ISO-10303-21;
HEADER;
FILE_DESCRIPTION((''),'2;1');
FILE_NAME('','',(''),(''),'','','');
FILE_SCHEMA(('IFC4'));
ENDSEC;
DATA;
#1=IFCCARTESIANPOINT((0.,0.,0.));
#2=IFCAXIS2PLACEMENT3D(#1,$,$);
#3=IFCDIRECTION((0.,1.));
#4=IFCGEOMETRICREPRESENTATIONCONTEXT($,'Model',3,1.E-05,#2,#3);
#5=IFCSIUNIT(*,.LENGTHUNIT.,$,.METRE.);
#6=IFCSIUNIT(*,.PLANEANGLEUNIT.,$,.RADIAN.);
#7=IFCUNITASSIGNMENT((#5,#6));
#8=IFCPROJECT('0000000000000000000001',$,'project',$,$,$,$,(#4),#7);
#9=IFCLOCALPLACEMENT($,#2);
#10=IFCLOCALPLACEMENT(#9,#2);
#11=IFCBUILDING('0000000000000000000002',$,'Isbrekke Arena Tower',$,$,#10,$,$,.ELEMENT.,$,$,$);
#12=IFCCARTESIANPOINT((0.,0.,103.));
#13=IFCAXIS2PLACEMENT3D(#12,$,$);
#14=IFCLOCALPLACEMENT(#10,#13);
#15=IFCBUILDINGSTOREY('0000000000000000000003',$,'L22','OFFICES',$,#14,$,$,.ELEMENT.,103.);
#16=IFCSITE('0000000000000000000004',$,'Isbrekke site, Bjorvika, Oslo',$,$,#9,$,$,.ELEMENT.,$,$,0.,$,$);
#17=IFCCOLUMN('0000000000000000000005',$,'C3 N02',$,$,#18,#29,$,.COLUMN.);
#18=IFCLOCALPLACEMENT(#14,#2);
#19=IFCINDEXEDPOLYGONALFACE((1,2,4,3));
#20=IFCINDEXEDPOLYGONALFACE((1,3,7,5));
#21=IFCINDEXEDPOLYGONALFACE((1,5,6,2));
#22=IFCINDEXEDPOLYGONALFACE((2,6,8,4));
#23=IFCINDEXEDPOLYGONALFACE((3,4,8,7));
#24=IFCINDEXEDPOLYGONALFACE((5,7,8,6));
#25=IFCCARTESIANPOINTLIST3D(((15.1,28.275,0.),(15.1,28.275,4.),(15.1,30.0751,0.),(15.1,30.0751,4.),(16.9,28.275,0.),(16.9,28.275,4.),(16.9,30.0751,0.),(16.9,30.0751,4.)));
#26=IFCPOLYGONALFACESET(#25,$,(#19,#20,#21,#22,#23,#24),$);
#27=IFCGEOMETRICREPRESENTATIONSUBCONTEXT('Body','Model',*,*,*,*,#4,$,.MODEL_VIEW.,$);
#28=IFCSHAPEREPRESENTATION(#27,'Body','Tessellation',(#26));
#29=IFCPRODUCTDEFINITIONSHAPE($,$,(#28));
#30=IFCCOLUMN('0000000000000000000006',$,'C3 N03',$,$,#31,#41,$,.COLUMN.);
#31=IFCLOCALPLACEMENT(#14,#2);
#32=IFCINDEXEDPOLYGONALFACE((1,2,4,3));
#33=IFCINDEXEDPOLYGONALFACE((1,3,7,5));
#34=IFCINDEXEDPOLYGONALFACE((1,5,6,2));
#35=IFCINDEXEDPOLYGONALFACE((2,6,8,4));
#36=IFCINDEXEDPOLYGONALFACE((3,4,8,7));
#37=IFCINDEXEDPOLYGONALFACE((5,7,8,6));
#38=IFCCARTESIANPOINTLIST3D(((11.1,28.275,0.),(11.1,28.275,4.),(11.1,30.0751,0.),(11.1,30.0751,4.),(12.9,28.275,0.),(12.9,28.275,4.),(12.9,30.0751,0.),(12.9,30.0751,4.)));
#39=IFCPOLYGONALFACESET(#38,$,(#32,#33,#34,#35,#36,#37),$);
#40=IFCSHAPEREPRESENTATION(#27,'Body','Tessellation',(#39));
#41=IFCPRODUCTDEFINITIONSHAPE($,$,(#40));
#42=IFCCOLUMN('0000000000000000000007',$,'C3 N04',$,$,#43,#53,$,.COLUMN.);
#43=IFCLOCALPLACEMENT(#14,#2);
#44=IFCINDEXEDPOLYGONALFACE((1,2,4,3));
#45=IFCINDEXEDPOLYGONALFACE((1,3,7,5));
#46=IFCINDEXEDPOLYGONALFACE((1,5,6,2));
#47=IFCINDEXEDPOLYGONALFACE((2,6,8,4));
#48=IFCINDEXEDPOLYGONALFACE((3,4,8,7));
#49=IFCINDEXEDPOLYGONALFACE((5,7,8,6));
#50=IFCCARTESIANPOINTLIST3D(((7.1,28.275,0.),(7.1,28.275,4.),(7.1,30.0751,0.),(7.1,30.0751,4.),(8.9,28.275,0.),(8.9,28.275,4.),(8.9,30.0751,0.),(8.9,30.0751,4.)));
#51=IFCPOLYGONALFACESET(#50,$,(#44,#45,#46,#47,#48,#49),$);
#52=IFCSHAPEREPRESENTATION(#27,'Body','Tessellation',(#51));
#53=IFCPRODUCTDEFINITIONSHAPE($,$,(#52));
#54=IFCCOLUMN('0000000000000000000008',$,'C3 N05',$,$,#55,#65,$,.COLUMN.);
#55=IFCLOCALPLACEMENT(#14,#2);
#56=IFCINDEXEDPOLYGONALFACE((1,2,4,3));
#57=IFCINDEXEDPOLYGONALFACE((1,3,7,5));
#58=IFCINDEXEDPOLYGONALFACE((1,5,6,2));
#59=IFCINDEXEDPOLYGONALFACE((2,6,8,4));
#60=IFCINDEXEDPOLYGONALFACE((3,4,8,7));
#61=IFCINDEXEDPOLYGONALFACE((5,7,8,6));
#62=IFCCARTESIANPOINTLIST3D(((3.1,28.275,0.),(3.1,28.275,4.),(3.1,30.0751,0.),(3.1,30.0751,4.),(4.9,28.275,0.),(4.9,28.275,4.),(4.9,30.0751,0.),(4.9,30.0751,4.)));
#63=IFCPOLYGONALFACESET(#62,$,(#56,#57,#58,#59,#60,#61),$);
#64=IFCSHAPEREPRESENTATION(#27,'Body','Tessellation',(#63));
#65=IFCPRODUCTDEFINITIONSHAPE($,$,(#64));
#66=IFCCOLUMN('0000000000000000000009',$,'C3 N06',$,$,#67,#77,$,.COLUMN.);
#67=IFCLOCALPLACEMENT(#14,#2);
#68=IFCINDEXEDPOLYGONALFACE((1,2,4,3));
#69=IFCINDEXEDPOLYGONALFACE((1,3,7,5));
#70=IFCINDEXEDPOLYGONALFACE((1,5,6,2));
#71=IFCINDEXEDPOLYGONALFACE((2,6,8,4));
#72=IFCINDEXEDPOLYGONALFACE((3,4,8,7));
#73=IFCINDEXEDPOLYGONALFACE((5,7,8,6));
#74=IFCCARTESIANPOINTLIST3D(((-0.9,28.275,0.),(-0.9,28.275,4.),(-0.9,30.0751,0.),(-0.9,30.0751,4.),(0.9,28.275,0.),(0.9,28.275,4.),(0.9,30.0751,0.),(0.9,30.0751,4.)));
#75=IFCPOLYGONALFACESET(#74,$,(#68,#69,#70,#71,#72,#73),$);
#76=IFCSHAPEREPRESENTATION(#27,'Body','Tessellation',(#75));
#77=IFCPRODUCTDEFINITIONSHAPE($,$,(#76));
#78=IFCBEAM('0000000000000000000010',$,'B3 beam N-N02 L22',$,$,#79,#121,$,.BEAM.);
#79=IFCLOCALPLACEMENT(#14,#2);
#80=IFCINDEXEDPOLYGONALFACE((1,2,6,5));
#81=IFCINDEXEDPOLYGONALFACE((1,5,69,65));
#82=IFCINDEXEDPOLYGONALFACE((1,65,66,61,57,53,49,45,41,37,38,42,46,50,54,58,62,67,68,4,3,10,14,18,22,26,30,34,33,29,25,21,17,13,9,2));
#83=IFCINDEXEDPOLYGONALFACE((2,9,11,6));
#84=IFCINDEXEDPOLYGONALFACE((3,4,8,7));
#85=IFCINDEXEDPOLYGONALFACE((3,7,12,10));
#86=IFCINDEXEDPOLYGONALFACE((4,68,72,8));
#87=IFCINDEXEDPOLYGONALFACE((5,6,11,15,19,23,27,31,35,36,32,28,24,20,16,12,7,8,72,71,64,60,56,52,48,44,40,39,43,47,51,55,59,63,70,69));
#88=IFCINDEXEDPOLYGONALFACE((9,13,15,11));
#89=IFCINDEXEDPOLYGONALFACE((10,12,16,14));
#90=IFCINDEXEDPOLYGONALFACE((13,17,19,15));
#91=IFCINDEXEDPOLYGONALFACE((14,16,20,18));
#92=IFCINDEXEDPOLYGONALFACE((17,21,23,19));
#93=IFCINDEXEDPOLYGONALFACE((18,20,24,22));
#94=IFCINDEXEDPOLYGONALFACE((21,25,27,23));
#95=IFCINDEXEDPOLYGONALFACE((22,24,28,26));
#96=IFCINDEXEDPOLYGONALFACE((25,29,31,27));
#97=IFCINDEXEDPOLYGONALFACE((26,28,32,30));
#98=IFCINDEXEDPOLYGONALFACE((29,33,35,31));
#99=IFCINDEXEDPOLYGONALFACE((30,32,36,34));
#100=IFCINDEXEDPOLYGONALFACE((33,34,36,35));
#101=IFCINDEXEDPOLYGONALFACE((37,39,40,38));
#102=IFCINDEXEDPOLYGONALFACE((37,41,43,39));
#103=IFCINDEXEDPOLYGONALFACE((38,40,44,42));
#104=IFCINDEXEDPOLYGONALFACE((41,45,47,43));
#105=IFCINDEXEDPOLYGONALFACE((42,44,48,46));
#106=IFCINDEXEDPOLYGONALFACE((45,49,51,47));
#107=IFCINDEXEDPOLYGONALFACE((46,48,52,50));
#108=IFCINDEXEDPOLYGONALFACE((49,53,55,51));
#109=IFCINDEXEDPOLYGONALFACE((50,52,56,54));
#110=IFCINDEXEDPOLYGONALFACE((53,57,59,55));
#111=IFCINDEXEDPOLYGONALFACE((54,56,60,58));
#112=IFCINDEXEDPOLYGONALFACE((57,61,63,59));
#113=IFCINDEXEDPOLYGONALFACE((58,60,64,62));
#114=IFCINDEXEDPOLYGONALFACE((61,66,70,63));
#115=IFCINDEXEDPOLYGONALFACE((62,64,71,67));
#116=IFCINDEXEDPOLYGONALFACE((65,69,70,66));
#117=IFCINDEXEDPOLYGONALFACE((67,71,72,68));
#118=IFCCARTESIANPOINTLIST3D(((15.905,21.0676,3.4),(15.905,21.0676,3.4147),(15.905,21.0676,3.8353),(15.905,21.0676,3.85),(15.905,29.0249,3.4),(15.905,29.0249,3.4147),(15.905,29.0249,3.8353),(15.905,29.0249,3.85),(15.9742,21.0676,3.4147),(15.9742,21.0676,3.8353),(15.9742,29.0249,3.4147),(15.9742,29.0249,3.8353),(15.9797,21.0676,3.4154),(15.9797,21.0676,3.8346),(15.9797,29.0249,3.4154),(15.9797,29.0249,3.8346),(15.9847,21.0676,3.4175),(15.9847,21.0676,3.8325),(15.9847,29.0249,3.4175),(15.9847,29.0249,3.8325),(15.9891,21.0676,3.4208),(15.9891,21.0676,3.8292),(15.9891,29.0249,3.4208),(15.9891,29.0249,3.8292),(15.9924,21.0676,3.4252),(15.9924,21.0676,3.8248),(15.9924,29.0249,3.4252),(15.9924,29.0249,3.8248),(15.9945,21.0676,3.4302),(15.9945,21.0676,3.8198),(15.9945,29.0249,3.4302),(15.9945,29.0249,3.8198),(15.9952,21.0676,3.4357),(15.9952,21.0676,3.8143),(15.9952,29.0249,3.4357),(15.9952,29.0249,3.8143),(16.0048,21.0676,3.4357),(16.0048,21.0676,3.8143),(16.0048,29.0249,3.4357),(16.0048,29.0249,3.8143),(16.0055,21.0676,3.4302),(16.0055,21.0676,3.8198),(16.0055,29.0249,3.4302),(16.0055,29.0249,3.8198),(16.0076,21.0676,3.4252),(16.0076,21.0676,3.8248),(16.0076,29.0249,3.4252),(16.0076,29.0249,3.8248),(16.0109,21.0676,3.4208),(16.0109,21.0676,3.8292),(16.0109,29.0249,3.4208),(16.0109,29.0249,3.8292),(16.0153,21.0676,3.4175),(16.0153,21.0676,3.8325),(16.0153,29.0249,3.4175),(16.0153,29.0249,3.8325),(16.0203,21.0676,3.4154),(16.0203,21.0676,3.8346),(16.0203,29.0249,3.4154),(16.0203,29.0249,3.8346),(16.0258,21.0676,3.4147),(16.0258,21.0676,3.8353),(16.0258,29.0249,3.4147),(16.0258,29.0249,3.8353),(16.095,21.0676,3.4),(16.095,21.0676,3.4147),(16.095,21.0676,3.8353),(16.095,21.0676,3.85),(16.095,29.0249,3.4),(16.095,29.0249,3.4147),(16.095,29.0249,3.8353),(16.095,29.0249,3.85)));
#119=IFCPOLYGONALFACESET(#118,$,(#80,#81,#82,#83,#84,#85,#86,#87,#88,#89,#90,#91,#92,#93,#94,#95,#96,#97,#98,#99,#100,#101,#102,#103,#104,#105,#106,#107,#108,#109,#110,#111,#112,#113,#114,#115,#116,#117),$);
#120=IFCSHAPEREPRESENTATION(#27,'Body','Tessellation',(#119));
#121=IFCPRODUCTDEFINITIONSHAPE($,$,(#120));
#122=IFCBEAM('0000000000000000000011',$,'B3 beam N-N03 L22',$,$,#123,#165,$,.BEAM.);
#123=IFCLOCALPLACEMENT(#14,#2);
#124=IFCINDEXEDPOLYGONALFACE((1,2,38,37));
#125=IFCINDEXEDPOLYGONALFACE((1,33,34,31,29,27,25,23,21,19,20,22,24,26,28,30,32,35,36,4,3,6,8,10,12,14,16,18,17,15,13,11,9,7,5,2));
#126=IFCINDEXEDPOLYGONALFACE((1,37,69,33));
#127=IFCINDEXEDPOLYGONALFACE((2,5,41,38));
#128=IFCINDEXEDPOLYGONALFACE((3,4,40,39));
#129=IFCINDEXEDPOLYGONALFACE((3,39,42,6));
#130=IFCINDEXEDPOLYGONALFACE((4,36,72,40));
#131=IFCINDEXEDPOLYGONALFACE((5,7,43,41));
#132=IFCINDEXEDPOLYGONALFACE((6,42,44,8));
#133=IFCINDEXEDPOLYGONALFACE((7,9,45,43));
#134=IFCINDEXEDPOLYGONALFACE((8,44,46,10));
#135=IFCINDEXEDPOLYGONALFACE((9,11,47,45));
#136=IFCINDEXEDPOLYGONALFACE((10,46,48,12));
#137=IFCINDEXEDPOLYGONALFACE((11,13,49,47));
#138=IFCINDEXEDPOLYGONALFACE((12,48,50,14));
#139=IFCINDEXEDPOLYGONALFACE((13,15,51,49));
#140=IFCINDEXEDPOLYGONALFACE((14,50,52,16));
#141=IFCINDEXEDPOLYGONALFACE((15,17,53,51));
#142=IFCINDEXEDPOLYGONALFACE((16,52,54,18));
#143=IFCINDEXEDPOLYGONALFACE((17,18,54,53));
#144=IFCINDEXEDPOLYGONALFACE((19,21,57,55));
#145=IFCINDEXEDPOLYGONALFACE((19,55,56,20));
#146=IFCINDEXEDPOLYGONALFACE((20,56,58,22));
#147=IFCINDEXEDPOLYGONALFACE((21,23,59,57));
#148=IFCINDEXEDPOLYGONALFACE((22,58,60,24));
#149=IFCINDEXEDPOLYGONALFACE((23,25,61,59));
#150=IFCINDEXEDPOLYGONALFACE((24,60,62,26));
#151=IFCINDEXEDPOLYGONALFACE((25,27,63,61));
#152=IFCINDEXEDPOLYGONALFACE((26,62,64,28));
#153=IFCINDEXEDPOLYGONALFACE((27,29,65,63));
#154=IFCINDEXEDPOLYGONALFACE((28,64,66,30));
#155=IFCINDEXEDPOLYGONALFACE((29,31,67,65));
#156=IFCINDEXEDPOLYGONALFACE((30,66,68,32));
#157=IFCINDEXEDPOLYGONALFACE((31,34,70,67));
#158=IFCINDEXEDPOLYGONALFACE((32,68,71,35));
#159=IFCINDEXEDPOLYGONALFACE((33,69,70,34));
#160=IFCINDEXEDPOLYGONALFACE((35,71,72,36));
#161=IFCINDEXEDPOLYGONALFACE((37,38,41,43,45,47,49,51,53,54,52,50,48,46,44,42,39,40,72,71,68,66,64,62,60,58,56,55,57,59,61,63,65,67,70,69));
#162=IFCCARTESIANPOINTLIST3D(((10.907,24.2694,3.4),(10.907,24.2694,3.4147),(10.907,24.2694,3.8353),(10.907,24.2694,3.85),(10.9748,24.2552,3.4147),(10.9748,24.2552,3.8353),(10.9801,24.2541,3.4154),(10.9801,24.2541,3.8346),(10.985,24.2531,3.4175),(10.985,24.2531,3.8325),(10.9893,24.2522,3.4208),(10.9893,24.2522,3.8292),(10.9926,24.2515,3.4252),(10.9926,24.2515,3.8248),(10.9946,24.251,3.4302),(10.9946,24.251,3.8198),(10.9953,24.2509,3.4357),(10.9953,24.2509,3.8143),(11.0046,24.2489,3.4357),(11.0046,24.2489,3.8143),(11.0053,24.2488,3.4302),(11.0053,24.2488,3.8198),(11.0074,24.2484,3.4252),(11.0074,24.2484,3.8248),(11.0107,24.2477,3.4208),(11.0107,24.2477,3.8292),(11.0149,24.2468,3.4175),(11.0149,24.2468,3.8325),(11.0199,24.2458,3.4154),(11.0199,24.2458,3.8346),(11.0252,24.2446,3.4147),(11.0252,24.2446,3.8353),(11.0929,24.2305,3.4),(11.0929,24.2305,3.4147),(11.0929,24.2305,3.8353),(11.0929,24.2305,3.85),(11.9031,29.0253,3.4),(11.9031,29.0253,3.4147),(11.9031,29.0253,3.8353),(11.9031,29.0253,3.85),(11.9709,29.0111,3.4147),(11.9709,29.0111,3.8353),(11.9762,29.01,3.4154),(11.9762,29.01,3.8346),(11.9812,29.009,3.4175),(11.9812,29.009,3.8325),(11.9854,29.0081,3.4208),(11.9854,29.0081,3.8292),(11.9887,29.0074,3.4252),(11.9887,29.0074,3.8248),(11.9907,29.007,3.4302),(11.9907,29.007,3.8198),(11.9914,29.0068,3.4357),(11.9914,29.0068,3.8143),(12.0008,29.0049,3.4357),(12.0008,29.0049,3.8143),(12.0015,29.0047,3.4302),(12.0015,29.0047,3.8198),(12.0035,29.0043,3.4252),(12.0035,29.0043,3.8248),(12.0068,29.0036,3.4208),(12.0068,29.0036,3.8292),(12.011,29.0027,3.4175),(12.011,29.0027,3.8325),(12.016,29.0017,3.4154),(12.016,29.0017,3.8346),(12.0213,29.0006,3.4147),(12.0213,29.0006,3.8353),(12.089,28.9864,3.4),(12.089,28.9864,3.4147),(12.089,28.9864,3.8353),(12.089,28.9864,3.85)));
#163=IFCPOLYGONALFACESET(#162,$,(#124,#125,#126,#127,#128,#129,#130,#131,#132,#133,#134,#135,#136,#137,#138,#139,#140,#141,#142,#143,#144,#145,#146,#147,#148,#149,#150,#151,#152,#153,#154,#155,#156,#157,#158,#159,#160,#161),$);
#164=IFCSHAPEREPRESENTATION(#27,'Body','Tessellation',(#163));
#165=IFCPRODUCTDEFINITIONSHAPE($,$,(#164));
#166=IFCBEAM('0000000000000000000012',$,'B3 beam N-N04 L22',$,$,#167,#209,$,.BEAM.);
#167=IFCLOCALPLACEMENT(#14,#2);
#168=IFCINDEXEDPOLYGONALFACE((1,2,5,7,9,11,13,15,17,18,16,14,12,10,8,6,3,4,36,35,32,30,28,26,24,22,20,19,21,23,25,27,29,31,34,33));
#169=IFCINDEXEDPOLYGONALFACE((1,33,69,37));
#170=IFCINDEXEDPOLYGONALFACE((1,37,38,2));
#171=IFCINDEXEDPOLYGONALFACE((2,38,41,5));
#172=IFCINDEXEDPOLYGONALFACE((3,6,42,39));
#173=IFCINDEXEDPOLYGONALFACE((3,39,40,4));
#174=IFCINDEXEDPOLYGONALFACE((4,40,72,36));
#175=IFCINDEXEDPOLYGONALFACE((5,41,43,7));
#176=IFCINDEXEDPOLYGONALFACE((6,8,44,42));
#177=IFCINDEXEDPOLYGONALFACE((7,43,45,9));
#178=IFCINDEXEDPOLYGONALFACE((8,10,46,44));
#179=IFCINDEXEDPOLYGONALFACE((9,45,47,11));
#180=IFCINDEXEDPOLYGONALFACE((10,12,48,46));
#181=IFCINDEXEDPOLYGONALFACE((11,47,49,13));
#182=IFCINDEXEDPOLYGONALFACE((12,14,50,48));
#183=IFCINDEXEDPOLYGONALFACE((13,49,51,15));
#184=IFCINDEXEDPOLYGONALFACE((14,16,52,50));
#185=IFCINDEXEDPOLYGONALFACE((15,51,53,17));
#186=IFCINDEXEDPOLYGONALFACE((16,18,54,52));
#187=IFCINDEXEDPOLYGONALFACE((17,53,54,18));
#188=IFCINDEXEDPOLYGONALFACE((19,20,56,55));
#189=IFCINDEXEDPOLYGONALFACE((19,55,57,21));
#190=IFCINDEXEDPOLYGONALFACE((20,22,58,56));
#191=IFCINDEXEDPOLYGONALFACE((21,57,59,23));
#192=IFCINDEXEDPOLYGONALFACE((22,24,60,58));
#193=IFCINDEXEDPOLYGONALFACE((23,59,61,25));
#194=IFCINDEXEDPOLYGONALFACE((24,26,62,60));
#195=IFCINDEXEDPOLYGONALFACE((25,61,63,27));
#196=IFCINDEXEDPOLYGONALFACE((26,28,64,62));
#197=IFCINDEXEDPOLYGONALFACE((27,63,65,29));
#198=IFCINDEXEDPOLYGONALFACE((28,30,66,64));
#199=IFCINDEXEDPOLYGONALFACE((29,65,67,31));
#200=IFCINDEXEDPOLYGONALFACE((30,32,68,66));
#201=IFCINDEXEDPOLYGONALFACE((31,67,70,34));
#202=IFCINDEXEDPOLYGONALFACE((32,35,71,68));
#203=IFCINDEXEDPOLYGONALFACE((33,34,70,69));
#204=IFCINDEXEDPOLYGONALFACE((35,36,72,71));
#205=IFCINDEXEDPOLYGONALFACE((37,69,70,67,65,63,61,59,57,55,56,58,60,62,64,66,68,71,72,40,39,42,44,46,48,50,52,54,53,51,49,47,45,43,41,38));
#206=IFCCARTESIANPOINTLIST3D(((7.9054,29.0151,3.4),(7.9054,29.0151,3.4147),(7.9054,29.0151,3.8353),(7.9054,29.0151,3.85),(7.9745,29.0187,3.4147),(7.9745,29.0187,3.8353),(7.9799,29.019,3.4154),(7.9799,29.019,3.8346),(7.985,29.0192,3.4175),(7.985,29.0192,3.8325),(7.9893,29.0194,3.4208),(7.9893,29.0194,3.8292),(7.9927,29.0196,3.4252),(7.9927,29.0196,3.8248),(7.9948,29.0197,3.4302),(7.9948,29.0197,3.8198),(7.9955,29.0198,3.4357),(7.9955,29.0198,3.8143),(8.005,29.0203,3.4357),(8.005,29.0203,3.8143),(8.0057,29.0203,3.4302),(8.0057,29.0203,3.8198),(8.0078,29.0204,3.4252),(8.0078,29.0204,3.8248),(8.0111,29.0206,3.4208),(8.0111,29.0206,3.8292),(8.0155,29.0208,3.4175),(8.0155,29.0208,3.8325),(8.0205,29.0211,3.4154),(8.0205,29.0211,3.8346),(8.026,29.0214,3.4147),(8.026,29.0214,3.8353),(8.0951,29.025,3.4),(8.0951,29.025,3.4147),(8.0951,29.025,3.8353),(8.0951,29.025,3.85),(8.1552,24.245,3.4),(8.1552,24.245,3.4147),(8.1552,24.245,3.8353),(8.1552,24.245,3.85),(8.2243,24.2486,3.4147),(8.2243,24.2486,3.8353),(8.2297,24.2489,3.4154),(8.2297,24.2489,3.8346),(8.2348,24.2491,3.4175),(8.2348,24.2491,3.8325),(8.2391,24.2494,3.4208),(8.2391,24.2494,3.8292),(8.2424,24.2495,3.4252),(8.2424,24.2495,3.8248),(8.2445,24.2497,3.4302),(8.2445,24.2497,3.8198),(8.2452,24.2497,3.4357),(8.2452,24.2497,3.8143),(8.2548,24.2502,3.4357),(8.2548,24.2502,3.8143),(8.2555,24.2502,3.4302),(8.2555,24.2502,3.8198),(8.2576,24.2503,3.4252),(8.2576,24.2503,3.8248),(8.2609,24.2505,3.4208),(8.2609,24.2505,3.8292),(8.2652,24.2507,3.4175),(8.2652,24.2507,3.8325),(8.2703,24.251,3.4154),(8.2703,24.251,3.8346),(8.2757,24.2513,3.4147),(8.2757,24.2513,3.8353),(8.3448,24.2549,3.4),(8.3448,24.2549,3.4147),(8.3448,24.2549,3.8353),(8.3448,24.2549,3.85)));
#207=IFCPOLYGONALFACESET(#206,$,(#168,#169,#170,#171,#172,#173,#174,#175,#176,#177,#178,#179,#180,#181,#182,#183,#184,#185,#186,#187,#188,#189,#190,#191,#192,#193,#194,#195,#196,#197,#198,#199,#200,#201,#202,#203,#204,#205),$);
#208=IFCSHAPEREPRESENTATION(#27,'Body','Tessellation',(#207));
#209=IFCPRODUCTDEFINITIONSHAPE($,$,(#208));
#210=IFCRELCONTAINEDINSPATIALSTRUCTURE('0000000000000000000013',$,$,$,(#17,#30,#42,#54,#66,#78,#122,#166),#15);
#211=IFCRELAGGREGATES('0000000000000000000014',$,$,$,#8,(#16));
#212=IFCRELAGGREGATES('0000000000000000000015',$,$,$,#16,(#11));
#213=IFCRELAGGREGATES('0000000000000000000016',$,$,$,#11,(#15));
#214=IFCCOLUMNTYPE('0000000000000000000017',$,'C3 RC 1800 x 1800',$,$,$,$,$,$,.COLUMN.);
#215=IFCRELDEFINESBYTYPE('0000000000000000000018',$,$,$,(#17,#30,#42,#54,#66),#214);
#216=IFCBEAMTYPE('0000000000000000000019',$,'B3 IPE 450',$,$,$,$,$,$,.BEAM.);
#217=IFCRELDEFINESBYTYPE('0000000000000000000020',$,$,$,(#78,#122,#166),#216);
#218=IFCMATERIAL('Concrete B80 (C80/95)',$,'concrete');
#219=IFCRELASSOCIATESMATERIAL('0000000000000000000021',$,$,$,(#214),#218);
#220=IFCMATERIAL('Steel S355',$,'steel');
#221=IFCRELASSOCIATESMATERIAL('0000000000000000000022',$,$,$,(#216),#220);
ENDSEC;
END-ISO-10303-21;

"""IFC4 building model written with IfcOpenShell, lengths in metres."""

from ifc_helpers import new_model, si_unit, direction, frame, origin, origin_2d, place, context, subcontext, project, spatial, rectangle, i_section, extrude, material, material_profile, profile_set, type_object, element, save


model = new_model("IFC4")

# Units and contexts
model_context = context("Model", 3, precision=1e-05, world=origin(), true_north=direction((0.0, 1.0)))
body_context = subcontext(model_context, "Body", "Model", "MODEL_VIEW")
ifc_project = project(units=[si_unit("LENGTHUNIT", "METRE"), si_unit("PLANEANGLEUNIT", "RADIAN")], contexts=[model_context])

# Site, building, storey
site_placement = place(None, origin())
site = spatial("IfcSite", under=ifc_project, at=site_placement, Name="Isbrekke site, Bjorvika, Oslo", CompositionType="ELEMENT", RefElevation=0.0)
building_placement = place(site_placement, origin())
building = spatial("IfcBuilding", under=site, at=building_placement, Name="Isbrekke Arena Tower", CompositionType="ELEMENT")
storey_placement = place(building_placement, frame((0.0, 0.0, 103.0)))
storey = spatial("IfcBuildingStorey", under=building, at=storey_placement, Name="L22", Description="OFFICES", CompositionType="ELEMENT", Elevation=103.0)

# Columns
ifc_material_1 = material(Name="Concrete B80 (C80/95)", Category="concrete")
ifc_material_profile_1 = material_profile(ifc_material_1, rectangle(XDim=1.8, YDim=1.8, at=origin_2d()), Name="RC 1800x1800")
ifc_profile_set_1 = profile_set([ifc_material_profile_1], Name="Concrete B80 (C80/95)")
column_type = type_object("IfcColumnType", Name="C3 RC 1800 x 1800", PredefinedType="COLUMN", material=ifc_profile_set_1)
for number, where, z_axis, x_axis, name in (
    (1, (16.0, 29.175, 0.0), (0.0, 0.0, 1.0), (-1.0, 0.0, 0.0), "C3 N02"),
    (2, (12.0, 29.175, 0.0), (0.0, 0.0, 1.0), (-1.0, 0.0, 0.0), "C3 N03"),
    (3, (8.0, 29.175, 0.0), (0.0, 0.0, 1.0), (-1.0, 0.0, 0.0), "C3 N04"),
    (4, (4.0, 29.175, 0.0), (0.0, 0.0, 1.0), (-1.0, 0.0, 0.0), "C3 N05"),
    (5, (0.0, 29.175, 0.0), (0.0, 0.0, 1.0), (-1.0, 0.0, 0.0), "C3 N06"),
):
    element("IfcColumn", number, at=place(storey_placement, frame(where, z_axis=z_axis, x_axis=x_axis)), inside=storey, type_object=column_type, Name=name, PredefinedType="COLUMN", context=body_context, shape_type="SweptSolid", body=[
        extrude(rectangle(XDim=1.8, YDim=1.8, at=origin_2d()), origin(), (0.0, 0.0, 1.0), 4.0),
    ])

# Beams
ifc_material_2 = material(Name="Steel S355", Category="steel")
ifc_material_profile_2 = material_profile(ifc_material_2, i_section(OverallWidth=0.1899, OverallDepth=0.45, WebThickness=0.0095, FlangeThickness=0.0146, FilletRadius=0.021, at=origin_2d()), Name="IPE 450")
ifc_profile_set_2 = profile_set([ifc_material_profile_2], Name="Steel S355")
beam_type_1 = type_object("IfcBeamType", Name="B3 IPE 450", PredefinedType="BEAM", material=ifc_profile_set_2)
beam_1_placement = place(storey_placement, frame((16.0, 29.0249, 3.625), z_axis=(0.0, -1.0, 0.0), x_axis=(1.0, 0.0, 0.0)))
element("IfcBeam", 6, at=beam_1_placement, inside=storey, type_object=beam_type_1, Name="B3 beam N-N02 L22", PredefinedType="BEAM", context=body_context, shape_type="SweptSolid", body=[
    extrude(i_section(OverallWidth=0.1899, OverallDepth=0.45, WebThickness=0.0095, FlangeThickness=0.0146, FilletRadius=0.021, at=origin_2d()), origin(), (0.0, 0.0, 1.0), 7.9573),
])
beam_2_placement = place(storey_placement, frame((11.9961, 29.0059, 3.625), z_axis=(-0.204997, -0.978762, 0.0), x_axis=(0.978762, -0.204997, 0.0)))
element("IfcBeam", 7, at=beam_2_placement, inside=storey, type_object=beam_type_1, Name="B3 beam N-N03 L22", PredefinedType="BEAM", context=body_context, shape_type="SweptSolid", body=[
    extrude(i_section(OverallWidth=0.1899, OverallDepth=0.45, WebThickness=0.0095, FlangeThickness=0.0146, FilletRadius=0.021, at=origin_2d()), origin(), (0.0, 0.0, 1.0), 4.8591),
])
beam_3_placement = place(storey_placement, frame((8.0002, 29.02, 3.625), z_axis=(0.052288, -0.998632, 0.0), x_axis=(0.998632, 0.052288, 0.0)))
element("IfcBeam", 8, at=beam_3_placement, inside=storey, type_object=beam_type_1, Name="B3 beam N-N04 L22", PredefinedType="BEAM", context=body_context, shape_type="SweptSolid", body=[
    extrude(i_section(OverallWidth=0.1899, OverallDepth=0.45, WebThickness=0.0095, FlangeThickness=0.0146, FilletRadius=0.021, at=origin_2d()), origin(), (0.0, 0.0, 1.0), 4.7766),
])

save(model, "model.ifc")
